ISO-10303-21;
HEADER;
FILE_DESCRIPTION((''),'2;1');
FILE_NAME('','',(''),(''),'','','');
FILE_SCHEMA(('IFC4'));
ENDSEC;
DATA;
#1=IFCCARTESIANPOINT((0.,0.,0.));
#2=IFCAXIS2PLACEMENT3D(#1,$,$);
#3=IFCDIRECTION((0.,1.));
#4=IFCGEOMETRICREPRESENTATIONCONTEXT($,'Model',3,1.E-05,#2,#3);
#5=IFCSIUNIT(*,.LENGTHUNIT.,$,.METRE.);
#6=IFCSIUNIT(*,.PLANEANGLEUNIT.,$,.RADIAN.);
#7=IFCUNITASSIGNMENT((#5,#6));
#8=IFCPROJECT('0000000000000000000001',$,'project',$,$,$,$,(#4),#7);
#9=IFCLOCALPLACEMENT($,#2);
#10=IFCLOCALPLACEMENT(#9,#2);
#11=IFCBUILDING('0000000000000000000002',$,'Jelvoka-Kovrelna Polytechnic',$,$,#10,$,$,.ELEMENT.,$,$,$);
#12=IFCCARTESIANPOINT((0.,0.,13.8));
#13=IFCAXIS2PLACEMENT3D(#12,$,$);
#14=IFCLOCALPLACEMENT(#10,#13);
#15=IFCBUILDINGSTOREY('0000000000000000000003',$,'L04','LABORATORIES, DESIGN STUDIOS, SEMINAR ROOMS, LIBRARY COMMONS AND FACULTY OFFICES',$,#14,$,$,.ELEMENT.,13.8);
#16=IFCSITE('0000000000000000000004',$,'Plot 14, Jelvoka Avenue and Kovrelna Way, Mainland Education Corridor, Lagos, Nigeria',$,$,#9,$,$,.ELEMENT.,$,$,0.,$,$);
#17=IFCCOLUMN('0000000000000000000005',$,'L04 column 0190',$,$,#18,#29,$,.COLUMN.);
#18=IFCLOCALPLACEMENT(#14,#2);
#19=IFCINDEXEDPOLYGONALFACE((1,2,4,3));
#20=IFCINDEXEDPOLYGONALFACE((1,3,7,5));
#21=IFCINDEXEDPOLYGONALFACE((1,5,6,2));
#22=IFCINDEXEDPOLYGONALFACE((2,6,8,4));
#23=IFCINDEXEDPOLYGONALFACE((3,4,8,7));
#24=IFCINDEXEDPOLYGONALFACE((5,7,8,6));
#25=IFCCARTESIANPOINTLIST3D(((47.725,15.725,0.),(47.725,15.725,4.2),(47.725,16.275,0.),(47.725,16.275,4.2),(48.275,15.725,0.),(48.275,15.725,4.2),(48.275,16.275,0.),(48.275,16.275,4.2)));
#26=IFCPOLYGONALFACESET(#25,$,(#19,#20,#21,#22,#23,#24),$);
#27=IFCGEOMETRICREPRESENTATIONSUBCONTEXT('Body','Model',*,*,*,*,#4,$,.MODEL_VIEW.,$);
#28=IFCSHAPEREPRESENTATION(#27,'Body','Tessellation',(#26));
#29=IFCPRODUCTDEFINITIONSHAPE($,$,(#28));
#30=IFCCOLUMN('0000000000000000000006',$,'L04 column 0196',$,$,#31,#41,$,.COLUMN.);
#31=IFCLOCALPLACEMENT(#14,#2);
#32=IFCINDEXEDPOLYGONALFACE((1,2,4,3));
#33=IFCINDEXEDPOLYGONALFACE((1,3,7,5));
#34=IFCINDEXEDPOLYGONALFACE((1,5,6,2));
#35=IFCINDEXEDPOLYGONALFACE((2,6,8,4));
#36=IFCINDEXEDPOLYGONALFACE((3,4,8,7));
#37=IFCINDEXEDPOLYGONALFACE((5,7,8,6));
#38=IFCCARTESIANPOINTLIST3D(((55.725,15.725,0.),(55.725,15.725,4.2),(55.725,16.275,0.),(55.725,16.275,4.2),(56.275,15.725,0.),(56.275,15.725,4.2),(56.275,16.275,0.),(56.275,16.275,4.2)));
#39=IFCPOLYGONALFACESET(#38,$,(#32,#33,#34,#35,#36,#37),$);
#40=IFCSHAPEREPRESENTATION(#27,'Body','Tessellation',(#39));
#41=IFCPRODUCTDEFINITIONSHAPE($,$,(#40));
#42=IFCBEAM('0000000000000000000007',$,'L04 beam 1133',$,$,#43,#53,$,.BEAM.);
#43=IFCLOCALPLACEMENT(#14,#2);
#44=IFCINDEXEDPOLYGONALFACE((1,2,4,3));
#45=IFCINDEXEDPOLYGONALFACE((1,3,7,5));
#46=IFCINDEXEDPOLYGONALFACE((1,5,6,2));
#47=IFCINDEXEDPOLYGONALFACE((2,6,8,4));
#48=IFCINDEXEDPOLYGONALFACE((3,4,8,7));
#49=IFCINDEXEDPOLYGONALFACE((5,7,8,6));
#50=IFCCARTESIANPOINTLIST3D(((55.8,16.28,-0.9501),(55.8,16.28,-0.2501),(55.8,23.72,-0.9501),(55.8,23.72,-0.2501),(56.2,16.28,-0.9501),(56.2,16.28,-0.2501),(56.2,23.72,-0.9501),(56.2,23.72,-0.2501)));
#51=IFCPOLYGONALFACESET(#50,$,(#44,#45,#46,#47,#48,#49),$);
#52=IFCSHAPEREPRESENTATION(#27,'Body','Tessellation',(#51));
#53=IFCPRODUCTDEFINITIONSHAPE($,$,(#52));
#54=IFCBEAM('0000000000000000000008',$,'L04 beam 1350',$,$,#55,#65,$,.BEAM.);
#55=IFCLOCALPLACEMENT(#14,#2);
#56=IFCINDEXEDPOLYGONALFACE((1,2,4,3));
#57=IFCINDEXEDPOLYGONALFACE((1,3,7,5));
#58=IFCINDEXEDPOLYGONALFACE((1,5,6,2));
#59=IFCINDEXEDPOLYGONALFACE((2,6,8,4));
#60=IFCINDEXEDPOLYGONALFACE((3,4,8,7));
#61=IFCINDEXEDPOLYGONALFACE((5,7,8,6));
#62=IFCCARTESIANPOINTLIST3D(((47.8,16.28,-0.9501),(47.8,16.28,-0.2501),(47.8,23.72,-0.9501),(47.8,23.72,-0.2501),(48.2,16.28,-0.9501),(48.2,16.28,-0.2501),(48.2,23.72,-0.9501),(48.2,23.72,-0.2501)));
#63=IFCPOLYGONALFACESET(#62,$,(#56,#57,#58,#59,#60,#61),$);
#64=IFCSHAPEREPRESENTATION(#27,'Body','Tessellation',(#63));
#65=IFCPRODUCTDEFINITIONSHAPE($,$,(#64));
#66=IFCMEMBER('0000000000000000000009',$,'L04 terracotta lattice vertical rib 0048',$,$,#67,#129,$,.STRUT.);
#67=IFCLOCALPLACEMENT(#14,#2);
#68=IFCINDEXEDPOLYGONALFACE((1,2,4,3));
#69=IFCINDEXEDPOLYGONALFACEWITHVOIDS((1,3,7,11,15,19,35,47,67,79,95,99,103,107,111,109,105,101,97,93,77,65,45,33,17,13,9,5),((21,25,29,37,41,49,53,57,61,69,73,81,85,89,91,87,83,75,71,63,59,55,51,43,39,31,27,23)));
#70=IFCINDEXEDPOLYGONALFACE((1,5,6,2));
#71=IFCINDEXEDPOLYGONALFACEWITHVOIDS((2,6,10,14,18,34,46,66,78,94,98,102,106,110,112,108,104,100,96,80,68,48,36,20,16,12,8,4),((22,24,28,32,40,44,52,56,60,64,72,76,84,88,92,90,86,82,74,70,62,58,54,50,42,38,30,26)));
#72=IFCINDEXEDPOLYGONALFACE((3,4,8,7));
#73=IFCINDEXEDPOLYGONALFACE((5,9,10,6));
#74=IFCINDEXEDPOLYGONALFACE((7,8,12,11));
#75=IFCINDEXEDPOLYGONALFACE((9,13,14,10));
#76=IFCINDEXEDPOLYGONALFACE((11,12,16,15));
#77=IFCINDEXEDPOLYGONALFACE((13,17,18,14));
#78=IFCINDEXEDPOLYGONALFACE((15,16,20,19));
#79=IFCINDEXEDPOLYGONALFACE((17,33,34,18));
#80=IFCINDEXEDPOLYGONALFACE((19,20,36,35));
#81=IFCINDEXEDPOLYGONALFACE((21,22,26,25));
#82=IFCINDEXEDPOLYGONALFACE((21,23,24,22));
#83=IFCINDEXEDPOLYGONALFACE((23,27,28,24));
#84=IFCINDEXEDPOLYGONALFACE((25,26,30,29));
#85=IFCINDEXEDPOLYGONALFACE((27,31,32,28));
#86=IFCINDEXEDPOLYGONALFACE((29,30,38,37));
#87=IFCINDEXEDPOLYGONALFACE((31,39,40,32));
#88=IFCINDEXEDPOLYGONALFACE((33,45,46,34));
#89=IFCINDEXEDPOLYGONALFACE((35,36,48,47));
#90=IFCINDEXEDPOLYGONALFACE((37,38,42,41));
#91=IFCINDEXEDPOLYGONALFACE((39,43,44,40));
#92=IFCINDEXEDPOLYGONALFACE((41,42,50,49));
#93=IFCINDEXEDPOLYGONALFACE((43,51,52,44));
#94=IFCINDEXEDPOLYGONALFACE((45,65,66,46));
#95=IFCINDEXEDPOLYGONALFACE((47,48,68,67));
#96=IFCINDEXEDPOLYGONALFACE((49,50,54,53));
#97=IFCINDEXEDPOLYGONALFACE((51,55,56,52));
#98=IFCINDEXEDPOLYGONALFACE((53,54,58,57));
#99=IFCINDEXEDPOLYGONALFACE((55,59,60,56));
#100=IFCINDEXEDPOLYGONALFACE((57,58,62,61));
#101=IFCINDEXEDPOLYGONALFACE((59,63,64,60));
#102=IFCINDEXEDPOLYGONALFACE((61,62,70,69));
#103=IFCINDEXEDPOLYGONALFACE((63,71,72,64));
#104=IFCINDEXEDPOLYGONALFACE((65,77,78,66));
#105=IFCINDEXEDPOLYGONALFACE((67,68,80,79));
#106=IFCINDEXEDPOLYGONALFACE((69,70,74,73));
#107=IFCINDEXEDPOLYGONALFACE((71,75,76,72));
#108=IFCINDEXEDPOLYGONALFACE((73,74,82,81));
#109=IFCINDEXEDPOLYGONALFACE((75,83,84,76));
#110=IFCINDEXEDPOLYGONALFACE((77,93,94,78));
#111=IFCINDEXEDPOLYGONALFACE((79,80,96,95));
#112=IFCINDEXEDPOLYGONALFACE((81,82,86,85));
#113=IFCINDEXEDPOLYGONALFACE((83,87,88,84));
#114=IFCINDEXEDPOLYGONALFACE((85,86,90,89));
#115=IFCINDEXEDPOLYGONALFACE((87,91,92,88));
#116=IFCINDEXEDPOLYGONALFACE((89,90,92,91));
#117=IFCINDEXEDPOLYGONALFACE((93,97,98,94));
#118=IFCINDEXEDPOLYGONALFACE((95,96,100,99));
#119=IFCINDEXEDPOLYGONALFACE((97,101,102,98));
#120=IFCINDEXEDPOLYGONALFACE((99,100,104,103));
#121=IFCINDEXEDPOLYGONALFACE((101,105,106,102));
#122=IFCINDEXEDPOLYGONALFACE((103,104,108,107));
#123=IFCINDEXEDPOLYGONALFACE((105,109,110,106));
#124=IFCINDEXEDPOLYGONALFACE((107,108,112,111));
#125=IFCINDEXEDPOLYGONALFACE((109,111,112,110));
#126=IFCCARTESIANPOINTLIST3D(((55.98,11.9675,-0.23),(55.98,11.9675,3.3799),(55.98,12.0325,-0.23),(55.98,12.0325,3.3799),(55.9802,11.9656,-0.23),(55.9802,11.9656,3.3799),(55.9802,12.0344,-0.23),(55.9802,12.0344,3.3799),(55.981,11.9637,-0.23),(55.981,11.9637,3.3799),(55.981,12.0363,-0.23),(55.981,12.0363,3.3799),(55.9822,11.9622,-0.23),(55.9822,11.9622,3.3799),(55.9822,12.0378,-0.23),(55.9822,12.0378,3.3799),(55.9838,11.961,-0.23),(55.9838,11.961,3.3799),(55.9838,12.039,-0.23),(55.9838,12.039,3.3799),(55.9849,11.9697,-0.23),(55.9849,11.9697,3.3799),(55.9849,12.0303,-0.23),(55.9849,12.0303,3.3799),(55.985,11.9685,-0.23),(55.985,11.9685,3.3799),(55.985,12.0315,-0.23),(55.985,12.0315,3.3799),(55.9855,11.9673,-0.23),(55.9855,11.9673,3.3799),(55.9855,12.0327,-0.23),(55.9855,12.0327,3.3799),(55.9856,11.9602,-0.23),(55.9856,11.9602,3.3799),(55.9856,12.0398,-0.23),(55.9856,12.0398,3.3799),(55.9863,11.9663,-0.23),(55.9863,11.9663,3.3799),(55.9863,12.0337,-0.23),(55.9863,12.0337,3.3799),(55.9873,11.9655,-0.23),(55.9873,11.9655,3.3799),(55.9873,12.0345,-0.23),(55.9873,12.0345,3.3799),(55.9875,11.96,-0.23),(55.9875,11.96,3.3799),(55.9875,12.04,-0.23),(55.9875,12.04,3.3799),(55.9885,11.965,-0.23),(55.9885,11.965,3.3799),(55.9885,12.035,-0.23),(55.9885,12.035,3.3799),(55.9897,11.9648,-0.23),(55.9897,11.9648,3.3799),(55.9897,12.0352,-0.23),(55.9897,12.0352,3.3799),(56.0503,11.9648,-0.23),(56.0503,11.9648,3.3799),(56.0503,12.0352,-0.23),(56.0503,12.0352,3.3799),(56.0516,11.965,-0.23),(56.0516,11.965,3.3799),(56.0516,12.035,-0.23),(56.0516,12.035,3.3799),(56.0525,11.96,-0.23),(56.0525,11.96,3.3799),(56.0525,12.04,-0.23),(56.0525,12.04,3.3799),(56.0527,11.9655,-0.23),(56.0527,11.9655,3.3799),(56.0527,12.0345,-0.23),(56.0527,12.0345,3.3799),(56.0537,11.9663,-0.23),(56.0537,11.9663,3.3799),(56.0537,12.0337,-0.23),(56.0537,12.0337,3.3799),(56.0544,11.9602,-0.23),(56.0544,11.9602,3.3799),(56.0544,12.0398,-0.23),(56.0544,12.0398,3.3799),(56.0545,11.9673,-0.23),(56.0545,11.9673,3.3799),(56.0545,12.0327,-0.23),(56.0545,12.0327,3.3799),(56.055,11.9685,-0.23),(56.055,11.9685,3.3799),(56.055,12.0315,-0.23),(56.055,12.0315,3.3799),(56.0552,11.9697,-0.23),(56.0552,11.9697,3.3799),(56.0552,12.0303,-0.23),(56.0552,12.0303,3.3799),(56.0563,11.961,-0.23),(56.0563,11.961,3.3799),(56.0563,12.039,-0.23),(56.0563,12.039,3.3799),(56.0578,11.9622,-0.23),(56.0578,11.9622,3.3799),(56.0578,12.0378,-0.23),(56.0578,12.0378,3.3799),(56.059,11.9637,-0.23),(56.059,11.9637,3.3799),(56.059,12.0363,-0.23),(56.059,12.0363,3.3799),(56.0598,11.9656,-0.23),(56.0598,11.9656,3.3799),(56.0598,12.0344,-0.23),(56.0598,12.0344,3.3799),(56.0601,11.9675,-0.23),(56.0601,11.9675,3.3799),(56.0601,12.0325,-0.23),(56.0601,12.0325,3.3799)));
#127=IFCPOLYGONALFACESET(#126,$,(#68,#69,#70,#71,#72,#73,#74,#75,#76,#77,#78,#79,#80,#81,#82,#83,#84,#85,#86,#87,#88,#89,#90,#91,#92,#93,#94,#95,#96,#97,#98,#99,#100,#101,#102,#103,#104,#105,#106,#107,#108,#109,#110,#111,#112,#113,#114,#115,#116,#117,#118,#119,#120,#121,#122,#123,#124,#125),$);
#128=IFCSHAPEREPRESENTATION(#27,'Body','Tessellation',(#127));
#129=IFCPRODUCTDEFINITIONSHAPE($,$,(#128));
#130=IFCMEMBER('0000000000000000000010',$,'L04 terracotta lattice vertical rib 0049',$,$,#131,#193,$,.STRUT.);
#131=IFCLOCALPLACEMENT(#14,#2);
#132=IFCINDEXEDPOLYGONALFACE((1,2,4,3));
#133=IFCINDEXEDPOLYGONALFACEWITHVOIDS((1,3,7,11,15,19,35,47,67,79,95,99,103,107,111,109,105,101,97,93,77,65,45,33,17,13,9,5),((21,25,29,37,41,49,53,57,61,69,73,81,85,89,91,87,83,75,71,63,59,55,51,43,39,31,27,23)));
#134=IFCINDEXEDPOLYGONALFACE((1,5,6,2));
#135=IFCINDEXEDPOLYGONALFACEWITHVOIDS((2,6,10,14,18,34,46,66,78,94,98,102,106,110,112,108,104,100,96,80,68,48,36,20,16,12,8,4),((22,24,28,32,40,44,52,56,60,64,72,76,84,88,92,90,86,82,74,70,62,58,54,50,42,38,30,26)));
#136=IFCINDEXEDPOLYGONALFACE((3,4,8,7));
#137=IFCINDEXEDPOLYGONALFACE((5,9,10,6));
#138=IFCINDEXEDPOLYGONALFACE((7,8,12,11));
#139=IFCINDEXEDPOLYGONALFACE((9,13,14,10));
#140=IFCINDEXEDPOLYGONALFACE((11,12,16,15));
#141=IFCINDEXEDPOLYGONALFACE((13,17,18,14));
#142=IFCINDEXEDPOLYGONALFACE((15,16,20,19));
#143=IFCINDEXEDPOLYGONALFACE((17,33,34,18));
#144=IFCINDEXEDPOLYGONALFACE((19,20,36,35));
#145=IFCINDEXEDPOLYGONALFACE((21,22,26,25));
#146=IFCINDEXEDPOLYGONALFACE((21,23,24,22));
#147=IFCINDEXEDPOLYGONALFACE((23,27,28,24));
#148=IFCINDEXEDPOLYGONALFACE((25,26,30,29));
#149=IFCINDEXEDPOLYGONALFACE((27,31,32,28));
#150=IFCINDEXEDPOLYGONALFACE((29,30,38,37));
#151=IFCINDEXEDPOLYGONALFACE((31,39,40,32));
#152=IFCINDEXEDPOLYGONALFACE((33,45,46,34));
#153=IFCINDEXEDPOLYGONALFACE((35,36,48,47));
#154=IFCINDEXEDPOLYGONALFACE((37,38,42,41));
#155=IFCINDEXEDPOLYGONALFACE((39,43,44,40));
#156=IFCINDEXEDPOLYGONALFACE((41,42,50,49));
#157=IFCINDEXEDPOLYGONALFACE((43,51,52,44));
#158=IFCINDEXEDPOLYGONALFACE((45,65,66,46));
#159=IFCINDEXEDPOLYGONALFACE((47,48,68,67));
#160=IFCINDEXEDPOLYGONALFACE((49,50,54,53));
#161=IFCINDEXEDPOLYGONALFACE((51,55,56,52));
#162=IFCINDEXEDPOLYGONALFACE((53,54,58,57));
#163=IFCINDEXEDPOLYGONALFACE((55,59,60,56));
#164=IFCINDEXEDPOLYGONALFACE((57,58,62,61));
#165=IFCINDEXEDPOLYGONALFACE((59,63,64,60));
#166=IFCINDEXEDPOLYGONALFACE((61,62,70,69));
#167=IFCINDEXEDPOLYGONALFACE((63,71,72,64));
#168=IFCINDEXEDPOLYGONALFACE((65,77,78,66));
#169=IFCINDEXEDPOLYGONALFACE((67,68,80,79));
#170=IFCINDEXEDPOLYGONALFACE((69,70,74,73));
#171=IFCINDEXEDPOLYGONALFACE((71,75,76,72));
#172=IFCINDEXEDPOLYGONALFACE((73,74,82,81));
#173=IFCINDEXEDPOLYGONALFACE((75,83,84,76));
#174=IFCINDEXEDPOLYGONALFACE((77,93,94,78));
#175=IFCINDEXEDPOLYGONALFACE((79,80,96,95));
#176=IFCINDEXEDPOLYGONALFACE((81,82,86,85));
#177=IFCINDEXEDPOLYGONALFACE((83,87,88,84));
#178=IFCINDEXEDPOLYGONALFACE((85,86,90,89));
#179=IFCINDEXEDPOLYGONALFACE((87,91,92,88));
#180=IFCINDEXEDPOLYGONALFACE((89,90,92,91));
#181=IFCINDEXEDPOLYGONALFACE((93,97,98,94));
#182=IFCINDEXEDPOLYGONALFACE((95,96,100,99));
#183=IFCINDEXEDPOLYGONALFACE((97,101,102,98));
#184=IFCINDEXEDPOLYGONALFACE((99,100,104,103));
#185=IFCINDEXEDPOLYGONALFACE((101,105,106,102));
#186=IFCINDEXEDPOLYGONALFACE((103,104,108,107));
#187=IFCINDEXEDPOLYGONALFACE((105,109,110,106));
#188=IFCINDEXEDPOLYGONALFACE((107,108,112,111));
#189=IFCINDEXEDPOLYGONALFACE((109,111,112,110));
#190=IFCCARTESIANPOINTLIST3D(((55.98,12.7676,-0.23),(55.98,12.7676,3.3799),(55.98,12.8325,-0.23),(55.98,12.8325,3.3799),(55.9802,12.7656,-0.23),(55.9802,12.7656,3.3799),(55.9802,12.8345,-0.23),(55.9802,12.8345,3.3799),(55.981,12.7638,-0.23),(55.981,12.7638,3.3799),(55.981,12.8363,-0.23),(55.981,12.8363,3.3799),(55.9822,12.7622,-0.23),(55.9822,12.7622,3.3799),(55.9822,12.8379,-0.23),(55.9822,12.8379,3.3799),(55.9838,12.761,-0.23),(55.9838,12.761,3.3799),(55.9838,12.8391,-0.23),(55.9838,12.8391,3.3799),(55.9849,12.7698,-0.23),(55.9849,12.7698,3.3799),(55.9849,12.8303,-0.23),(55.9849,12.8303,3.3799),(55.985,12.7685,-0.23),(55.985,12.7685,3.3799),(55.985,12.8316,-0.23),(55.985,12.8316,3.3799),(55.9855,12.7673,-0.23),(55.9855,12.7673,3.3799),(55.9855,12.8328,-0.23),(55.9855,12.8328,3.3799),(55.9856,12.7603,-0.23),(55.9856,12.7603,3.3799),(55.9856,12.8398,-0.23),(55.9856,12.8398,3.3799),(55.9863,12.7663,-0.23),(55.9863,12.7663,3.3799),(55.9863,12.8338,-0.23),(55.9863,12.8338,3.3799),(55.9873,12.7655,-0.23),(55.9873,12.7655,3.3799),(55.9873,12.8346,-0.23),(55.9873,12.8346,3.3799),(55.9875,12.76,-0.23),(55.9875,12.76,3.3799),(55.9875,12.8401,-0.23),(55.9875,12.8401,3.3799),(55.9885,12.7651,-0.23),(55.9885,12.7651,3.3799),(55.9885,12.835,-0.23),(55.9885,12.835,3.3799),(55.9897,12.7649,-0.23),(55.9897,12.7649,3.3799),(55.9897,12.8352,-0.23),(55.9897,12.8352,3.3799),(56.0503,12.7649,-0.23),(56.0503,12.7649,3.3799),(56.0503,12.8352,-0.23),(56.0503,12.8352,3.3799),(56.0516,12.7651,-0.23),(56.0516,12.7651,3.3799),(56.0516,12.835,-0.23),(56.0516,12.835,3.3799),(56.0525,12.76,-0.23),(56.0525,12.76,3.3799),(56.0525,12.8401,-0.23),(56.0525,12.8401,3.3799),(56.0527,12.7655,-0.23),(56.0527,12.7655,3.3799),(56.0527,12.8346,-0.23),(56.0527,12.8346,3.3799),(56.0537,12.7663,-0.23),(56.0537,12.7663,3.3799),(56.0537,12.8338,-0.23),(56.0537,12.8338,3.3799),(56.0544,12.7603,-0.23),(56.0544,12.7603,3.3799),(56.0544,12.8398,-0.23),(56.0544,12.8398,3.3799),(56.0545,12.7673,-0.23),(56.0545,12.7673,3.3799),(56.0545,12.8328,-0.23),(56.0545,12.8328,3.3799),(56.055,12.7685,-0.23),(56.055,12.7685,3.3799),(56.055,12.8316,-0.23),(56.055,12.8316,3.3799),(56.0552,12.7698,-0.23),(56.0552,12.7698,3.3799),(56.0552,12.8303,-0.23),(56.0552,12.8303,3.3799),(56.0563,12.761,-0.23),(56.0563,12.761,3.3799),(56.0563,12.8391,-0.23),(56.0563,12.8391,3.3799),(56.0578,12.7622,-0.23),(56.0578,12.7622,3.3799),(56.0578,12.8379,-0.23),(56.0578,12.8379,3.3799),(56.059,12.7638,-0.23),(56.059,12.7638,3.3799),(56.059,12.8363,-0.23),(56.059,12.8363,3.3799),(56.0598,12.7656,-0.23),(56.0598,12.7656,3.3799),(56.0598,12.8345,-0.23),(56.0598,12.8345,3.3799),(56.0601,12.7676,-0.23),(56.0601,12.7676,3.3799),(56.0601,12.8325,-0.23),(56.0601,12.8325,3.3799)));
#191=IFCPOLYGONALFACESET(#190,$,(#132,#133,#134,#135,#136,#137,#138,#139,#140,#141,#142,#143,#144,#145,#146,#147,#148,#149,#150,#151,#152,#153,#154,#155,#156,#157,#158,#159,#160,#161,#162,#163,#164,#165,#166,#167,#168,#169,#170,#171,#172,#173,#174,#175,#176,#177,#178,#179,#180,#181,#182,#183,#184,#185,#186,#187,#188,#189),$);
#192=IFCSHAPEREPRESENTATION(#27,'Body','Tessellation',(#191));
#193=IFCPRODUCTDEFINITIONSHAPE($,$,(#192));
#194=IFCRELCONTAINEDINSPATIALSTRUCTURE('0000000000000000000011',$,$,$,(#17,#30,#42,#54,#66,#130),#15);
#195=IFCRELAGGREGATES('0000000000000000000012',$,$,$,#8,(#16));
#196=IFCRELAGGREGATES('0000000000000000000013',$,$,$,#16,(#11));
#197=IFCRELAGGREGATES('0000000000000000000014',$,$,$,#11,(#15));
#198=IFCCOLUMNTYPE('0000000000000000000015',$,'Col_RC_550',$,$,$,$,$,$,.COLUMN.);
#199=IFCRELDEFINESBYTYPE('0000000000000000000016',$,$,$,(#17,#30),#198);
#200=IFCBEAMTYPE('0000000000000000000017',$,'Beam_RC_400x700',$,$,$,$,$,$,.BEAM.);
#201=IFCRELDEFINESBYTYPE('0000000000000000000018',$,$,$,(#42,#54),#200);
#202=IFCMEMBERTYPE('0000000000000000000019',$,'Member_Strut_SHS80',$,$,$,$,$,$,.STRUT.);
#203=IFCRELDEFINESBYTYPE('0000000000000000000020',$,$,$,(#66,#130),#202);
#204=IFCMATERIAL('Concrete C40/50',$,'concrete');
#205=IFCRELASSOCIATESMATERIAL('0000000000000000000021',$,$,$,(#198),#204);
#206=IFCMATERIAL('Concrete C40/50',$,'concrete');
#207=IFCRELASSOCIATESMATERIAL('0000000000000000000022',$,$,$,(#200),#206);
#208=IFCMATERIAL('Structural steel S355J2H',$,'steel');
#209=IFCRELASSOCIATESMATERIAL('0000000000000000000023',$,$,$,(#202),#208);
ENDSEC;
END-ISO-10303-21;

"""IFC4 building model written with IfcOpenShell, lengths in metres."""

from ifc_helpers import new_model, si_unit, direction, frame, origin, origin_2d, place, context, subcontext, project, spatial, rectangle, hollow_rectangle, extrude, material, material_profile, profile_set, type_object, element, save


model = new_model("IFC4")

# Units and contexts
model_context = context("Model", 3, precision=1e-05, world=origin(), true_north=direction((0.0, 1.0)))
body_context = subcontext(model_context, "Body", "Model", "MODEL_VIEW")
ifc_project = project(units=[si_unit("LENGTHUNIT", "METRE"), si_unit("PLANEANGLEUNIT", "RADIAN")], contexts=[model_context])

# Site, building, storey
site_placement = place(None, origin())
site = spatial("IfcSite", under=ifc_project, at=site_placement, Name="Plot 14, Jelvoka Avenue and Kovrelna Way, Mainland Education Corridor, Lagos, Nigeria", CompositionType="ELEMENT", RefElevation=0.0)
building_placement = place(site_placement, origin())
building = spatial("IfcBuilding", under=site, at=building_placement, Name="Jelvoka-Kovrelna Polytechnic", CompositionType="ELEMENT")
storey_placement = place(building_placement, frame((0.0, 0.0, 13.8)))
storey = spatial("IfcBuildingStorey", under=building, at=storey_placement, Name="L04", Description="LABORATORIES, DESIGN STUDIOS, SEMINAR ROOMS, LIBRARY COMMONS AND FACULTY OFFICES", CompositionType="ELEMENT", Elevation=13.8)

# Columns
ifc_material_1 = material(Name="Concrete C40/50", Category="concrete")
ifc_material_profile_1 = material_profile(ifc_material_1, rectangle(XDim=0.55, YDim=0.55, at=origin_2d()), Name="RC 550x550")
ifc_profile_set_1 = profile_set([ifc_material_profile_1], Name="Concrete C40/50")
column_type = type_object("IfcColumnType", Name="Col_RC_550", PredefinedType="COLUMN", material=ifc_profile_set_1)
for number, where, z_axis, x_axis, name in (
    (1, (48.0, 16.0, 0.0), (0.0, 0.0, 1.0), (1.0, 0.0, 0.0), "L04 column 0190"),
    (2, (56.0, 16.0, 0.0), (0.0, 0.0, 1.0), (1.0, 0.0, 0.0), "L04 column 0196"),
):
    element("IfcColumn", number, at=place(storey_placement, frame(where, z_axis=z_axis, x_axis=x_axis)), inside=storey, type_object=column_type, Name=name, PredefinedType="COLUMN", context=body_context, shape_type="SweptSolid", body=[
        extrude(rectangle(XDim=0.55, YDim=0.55, at=origin_2d()), origin(), (0.0, 0.0, 1.0), 4.2),
    ])

# Beams
ifc_material_2 = material(Name="Concrete C40/50", Category="concrete")
ifc_material_profile_2 = material_profile(ifc_material_2, rectangle(XDim=0.3999, YDim=0.7, at=origin_2d()), Name="RC 400x700")
ifc_profile_set_2 = profile_set([ifc_material_profile_2], Name="Concrete C40/50")
beam_type_1 = type_object("IfcBeamType", Name="Beam_RC_400x700", PredefinedType="BEAM", material=ifc_profile_set_2)
for number, where, z_axis, x_axis, name in (
    (3, (56.0, 16.28, -0.6001), (0.0, 1.0, 0.0), (-1.0, 0.0, 0.0), "L04 beam 1133"),
    (4, (48.0, 16.28, -0.6001), (0.0, 1.0, 0.0), (-1.0, 0.0, 0.0), "L04 beam 1350"),
):
    element("IfcBeam", number, at=place(storey_placement, frame(where, z_axis=z_axis, x_axis=x_axis)), inside=storey, type_object=beam_type_1, Name=name, PredefinedType="BEAM", context=body_context, shape_type="SweptSolid", body=[
        extrude(rectangle(XDim=0.3999, YDim=0.7, at=origin_2d()), origin(), (0.0, 0.0, 1.0), 7.4399),
    ])

# Members
ifc_material_3 = material(Name="Structural steel S355J2H", Category="steel")
ifc_material_profile_3 = material_profile(ifc_material_3, hollow_rectangle(XDim=0.0801, YDim=0.0801, WallThickness=0.0049, InnerFilletRadius=0.0049, OuterFilletRadius=0.0076, at=origin_2d()), Name="80x80x5.0 SHS")
ifc_profile_set_3 = profile_set([ifc_material_profile_3], Name="Structural steel S355J2H")
member_type = type_object("IfcMemberType", Name="Member_Strut_SHS80", PredefinedType="STRUT", material=ifc_profile_set_3)
for number, where, z_axis, x_axis, name in (
    (5, (56.02, 12.0, -0.23), (0.0, 0.0, 1.0), (1.0, 0.0, 0.0), "L04 terracotta lattice vertical rib 0048"),
    (6, (56.02, 12.8, -0.23), (0.0, 0.0, 1.0), (1.0, 0.0, 0.0), "L04 terracotta lattice vertical rib 0049"),
):
    element("IfcMember", number, at=place(storey_placement, frame(where, z_axis=z_axis, x_axis=x_axis)), inside=storey, type_object=member_type, Name=name, PredefinedType="STRUT", context=body_context, shape_type="SweptSolid", body=[
        extrude(hollow_rectangle(XDim=0.0801, YDim=0.0801, WallThickness=0.0049, InnerFilletRadius=0.0049, OuterFilletRadius=0.0076, at=origin_2d()), origin(), (0.0, 0.0, 1.0), 3.6099),
    ])

save(model, "model.ifc")
